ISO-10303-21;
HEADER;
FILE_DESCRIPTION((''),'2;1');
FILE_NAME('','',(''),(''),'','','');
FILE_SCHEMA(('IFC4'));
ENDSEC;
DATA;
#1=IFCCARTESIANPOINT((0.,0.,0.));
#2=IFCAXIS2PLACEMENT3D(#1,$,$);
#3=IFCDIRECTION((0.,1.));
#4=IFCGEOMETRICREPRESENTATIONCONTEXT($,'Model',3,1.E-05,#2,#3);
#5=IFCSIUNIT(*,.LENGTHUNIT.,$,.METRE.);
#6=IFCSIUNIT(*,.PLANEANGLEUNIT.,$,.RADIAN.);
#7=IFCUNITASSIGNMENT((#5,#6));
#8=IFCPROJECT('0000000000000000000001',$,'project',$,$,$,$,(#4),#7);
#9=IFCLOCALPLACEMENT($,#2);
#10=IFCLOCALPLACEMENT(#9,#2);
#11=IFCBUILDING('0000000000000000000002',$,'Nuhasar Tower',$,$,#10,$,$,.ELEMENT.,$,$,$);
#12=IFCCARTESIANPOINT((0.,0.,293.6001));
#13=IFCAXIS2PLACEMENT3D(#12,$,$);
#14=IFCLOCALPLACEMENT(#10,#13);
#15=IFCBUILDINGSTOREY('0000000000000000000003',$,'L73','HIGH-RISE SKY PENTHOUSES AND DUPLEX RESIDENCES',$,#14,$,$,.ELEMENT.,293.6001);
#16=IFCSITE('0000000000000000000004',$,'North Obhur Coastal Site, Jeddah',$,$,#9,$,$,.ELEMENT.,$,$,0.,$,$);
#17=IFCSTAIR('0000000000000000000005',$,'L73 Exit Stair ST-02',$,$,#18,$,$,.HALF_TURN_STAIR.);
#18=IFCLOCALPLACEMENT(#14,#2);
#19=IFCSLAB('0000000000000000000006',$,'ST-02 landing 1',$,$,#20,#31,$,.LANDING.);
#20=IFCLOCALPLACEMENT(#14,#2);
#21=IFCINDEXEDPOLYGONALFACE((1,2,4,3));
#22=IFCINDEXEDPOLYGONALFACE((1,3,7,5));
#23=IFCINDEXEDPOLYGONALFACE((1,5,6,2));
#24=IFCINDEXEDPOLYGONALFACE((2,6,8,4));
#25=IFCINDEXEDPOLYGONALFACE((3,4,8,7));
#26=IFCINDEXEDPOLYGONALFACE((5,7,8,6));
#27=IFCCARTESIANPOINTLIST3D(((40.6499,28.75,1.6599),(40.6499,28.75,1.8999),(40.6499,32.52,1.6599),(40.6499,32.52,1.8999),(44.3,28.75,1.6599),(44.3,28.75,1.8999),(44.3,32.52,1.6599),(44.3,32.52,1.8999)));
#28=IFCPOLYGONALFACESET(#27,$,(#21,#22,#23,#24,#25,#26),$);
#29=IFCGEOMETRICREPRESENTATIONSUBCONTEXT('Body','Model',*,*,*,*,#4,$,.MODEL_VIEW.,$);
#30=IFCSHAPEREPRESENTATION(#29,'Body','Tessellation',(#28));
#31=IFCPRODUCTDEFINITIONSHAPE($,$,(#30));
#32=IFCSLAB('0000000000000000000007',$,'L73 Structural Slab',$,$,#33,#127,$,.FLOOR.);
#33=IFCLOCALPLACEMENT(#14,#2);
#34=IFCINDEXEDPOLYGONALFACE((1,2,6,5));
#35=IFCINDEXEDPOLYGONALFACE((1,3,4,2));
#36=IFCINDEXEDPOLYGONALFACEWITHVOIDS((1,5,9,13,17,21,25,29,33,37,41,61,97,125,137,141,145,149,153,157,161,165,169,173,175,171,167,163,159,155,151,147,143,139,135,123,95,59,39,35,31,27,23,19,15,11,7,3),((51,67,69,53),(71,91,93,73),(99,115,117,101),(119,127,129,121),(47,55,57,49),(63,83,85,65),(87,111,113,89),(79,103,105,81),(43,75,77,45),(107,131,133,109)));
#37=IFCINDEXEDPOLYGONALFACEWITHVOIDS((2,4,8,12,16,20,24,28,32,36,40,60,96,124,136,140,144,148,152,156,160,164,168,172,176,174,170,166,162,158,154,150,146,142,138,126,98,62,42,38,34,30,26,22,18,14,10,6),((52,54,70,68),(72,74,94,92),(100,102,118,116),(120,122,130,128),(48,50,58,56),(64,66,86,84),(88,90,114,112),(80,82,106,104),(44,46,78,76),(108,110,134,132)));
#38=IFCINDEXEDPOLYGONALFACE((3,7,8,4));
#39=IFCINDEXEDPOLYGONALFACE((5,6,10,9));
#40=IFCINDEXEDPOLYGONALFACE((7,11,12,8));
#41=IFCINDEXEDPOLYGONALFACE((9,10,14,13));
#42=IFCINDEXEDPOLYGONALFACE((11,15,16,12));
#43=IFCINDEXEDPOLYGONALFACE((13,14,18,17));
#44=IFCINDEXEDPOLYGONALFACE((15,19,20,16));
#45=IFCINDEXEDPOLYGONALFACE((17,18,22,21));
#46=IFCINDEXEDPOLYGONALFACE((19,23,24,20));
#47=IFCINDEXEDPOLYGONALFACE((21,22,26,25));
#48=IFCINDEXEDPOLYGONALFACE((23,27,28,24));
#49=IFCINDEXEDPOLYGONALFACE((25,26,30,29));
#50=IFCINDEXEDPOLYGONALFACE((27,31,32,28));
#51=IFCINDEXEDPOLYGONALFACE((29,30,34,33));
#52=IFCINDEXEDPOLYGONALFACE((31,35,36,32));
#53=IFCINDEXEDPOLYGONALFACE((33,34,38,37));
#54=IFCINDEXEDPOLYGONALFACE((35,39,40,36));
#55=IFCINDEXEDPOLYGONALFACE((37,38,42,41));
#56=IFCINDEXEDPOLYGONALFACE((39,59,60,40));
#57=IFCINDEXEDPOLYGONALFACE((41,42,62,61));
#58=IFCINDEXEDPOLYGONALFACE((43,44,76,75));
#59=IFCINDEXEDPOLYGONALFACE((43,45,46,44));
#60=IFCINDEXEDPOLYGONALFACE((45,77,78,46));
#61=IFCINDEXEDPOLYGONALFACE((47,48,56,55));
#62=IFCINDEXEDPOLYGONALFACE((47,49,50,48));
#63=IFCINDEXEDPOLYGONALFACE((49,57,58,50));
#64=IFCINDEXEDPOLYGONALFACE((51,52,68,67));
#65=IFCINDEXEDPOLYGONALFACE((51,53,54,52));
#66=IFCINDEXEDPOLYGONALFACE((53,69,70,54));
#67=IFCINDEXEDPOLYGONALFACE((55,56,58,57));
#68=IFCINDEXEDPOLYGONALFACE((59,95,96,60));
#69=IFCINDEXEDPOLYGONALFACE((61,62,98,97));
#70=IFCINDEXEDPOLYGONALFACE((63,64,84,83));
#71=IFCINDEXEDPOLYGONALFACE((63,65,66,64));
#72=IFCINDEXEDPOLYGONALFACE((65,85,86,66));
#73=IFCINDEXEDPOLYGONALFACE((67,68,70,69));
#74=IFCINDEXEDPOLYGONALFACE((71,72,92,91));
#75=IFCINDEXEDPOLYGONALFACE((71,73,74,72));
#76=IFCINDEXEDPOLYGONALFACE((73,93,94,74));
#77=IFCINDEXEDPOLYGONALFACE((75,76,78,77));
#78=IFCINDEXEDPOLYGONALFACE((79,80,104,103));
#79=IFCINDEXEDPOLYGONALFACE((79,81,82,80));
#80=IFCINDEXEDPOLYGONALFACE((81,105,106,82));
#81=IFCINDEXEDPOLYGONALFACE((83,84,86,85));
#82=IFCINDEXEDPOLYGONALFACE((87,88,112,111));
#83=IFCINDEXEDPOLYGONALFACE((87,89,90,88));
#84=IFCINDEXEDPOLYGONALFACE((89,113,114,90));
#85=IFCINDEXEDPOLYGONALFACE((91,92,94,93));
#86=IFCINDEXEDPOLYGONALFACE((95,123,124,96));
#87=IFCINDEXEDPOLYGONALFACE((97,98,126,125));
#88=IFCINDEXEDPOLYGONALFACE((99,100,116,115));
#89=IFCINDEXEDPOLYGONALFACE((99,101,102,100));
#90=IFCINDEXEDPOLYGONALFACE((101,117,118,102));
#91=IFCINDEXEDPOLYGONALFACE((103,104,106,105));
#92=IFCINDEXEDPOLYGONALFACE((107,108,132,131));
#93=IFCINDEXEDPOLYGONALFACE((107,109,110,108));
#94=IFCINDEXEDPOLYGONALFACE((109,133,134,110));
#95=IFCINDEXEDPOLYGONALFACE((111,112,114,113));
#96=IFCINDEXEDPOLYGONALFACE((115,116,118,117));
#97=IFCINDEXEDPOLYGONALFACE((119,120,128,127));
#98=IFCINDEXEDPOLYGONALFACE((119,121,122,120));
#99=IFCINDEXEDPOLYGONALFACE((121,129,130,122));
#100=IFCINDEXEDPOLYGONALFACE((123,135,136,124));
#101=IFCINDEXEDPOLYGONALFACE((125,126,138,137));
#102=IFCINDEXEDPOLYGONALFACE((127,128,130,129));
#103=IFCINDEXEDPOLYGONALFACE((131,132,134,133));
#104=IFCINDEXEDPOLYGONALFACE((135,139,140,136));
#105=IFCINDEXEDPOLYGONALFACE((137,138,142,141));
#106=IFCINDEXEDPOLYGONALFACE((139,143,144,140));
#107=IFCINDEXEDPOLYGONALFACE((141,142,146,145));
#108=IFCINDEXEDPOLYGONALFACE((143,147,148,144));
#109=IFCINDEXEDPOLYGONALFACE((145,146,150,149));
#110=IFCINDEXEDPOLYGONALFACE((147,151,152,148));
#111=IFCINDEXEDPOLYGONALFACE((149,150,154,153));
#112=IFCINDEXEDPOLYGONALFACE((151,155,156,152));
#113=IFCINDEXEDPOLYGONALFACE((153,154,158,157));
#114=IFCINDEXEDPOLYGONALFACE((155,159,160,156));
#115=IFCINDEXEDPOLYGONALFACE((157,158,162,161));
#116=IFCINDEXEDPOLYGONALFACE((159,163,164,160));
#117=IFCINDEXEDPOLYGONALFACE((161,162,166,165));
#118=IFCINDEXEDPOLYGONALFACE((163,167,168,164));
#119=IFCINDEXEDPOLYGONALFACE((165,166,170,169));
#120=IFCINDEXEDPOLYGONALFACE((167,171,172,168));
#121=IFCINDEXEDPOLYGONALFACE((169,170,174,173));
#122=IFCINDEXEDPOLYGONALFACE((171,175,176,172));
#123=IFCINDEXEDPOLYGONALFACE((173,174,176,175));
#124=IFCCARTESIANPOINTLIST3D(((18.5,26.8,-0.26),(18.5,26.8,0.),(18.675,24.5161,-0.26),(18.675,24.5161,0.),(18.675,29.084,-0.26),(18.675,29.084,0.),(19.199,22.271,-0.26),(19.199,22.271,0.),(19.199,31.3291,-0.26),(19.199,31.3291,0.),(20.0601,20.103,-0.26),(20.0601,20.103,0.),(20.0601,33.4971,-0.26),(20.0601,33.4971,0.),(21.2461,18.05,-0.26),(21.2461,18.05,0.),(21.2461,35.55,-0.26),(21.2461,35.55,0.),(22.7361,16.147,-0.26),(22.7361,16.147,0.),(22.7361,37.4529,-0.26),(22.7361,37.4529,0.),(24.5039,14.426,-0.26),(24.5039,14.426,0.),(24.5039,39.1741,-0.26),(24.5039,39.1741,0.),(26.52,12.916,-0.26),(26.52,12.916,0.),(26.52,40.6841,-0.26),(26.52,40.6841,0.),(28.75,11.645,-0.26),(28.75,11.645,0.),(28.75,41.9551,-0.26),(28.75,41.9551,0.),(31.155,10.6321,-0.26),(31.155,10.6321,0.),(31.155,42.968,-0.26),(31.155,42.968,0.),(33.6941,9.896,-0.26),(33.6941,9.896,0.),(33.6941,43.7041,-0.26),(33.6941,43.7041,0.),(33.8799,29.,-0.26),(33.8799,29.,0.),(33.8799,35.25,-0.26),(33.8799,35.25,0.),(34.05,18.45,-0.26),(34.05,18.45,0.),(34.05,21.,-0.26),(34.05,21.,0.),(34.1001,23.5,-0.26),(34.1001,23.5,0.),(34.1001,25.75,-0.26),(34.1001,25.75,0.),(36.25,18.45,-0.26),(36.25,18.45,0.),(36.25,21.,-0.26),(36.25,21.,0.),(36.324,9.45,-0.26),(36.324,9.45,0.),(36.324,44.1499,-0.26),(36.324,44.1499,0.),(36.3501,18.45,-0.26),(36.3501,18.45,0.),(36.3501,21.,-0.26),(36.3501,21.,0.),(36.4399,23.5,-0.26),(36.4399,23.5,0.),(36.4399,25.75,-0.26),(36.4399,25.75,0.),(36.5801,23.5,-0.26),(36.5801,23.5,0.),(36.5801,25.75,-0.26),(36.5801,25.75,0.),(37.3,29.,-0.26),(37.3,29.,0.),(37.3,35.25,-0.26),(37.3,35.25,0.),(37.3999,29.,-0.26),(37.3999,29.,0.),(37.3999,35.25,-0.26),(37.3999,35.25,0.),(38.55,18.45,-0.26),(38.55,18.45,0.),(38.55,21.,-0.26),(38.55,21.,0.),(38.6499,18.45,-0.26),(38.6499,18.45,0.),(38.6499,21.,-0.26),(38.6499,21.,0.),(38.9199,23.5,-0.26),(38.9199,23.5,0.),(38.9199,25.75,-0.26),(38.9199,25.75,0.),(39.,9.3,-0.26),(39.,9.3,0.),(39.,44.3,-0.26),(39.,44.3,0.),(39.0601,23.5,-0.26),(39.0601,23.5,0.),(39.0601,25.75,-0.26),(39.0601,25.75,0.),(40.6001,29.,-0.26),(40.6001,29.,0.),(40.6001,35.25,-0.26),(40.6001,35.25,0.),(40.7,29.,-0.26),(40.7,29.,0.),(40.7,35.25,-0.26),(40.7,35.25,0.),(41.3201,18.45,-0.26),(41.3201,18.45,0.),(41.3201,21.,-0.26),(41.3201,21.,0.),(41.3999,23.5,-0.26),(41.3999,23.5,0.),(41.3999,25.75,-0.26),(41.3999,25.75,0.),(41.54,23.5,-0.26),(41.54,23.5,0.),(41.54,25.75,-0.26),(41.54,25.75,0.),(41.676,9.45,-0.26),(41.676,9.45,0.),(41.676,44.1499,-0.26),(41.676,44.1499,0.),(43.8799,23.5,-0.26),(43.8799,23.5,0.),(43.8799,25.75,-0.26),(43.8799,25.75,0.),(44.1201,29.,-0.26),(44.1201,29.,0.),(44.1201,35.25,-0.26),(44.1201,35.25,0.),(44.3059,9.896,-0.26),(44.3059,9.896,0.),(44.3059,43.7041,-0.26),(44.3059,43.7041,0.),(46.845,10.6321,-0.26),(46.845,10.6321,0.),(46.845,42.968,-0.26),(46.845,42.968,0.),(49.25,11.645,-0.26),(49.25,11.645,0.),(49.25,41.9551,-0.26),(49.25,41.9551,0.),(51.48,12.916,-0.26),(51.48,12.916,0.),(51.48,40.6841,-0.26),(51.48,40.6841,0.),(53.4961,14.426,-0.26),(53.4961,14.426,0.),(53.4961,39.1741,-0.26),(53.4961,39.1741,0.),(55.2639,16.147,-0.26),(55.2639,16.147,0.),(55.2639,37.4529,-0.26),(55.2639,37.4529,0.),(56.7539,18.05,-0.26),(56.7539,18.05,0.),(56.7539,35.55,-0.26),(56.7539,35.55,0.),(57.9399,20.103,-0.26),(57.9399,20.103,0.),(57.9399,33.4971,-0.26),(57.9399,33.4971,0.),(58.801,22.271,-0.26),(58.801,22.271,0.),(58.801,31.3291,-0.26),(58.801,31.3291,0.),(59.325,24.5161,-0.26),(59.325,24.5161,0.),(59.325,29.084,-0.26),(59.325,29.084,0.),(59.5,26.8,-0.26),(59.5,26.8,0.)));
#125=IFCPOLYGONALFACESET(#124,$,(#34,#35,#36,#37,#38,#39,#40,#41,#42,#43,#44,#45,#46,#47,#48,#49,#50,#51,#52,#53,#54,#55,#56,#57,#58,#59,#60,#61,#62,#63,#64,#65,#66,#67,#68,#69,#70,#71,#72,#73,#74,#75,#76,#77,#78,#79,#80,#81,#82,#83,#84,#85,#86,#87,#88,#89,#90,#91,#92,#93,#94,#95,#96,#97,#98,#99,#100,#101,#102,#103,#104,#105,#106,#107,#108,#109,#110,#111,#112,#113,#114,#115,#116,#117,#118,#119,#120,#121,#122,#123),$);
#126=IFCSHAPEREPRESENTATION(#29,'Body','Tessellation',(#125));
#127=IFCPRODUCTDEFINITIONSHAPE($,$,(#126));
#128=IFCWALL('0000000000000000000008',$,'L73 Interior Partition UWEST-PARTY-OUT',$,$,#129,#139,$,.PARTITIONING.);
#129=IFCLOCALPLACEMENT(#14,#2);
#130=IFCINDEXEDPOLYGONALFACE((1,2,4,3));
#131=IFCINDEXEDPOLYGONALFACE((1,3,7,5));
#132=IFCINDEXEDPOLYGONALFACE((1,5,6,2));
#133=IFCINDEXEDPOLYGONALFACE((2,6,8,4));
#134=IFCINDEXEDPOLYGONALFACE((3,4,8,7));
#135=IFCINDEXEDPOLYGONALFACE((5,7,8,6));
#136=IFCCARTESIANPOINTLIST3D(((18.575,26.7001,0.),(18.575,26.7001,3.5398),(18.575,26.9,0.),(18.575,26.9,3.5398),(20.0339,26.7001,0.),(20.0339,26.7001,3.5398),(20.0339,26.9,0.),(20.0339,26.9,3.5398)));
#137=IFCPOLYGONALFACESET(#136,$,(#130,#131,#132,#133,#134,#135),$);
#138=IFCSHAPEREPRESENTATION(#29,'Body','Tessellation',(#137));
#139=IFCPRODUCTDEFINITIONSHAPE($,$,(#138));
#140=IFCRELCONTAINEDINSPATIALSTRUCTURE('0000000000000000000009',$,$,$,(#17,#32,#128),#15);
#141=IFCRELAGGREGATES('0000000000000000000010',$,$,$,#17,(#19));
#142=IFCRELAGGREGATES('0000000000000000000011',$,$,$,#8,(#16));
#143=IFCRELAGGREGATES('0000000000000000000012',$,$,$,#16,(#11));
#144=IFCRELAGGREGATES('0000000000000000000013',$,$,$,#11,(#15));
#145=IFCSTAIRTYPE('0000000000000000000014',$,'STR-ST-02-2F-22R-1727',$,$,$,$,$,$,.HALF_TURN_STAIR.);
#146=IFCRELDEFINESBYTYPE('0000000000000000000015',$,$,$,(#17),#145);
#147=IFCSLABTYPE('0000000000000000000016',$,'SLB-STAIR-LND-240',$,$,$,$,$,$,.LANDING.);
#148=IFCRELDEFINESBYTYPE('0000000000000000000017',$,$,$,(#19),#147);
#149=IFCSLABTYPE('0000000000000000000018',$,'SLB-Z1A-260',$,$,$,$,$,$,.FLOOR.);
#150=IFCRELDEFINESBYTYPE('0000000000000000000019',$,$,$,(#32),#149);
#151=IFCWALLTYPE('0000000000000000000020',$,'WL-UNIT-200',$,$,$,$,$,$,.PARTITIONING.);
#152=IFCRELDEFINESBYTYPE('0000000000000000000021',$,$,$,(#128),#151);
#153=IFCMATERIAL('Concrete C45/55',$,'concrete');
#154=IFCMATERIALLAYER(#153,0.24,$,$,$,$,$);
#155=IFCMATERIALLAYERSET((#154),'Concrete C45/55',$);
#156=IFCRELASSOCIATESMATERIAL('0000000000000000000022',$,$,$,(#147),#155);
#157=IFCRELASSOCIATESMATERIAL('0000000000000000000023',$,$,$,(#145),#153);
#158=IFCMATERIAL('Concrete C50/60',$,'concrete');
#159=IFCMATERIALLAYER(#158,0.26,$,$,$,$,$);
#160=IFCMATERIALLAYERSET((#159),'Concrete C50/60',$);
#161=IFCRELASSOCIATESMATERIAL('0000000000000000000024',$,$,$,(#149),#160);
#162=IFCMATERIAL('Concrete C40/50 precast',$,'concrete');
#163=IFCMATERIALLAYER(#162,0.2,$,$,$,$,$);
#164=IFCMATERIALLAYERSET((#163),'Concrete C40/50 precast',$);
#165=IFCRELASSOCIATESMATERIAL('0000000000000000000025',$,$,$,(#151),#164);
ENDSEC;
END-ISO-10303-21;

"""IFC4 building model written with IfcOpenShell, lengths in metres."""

from ifc_helpers import new_model, si_unit, direction, frame, frame_2d, origin, place, context, subcontext, project, spatial, polyline, rectangle, outline, extrude, material, layer, layer_set, type_object, element, aggregate, save


model = new_model("IFC4")

# Units and contexts
model_context = context("Model", 3, precision=1e-05, world=origin(), true_north=direction((0.0, 1.0)))
body_context = subcontext(model_context, "Body", "Model", "MODEL_VIEW")
ifc_project = project(units=[si_unit("LENGTHUNIT", "METRE"), si_unit("PLANEANGLEUNIT", "RADIAN")], contexts=[model_context])

# Site, building, storey
site_placement = place(None, origin())
site = spatial("IfcSite", under=ifc_project, at=site_placement, Name="North Obhur Coastal Site, Jeddah", CompositionType="ELEMENT", RefElevation=0.0)
building_placement = place(site_placement, origin())
building = spatial("IfcBuilding", under=site, at=building_placement, Name="Nuhasar Tower", CompositionType="ELEMENT")
storey_placement = place(building_placement, frame((0.0, 0.0, 293.6001)))
storey = spatial("IfcBuildingStorey", under=building, at=storey_placement, Name="L73", Description="HIGH-RISE SKY PENTHOUSES AND DUPLEX RESIDENCES", CompositionType="ELEMENT", Elevation=293.6001)

# Shared definitions
ifc_material_1 = material(Name="Concrete C50/60", Category="concrete")

# Stair, slab
ifc_material_2 = material(Name="Concrete C45/55", Category="concrete")
ifc_layer_1 = layer(ifc_material_2, 0.24)
ifc_layer_set_1 = layer_set([ifc_layer_1], Name="Concrete C45/55")
slab_type_1 = type_object("IfcSlabType", Name="SLB-STAIR-LND-240", PredefinedType="LANDING", material=ifc_layer_set_1)
stair_type_1 = type_object("IfcStairType", Name="STR-ST-02-2F-22R-1727", PredefinedType="HALF_TURN_STAIR", material=ifc_material_2)
stair_1_placement = place(storey_placement, origin())
stair_1 = element("IfcStair", 1, at=stair_1_placement, inside=storey, type_object=stair_type_1, Name="L73 Exit Stair ST-02", PredefinedType="HALF_TURN_STAIR")
slab_1_placement = place(storey_placement, frame((0.0, 0.0, 1.6599)))
slab_1 = element("IfcSlab", 2, at=slab_1_placement, type_object=slab_type_1, Name="ST-02 landing 1", PredefinedType="LANDING", context=body_context, shape_type="SweptSolid", body=[
    extrude(outline(polyline([(40.6499, 28.75), (44.3, 28.75), (44.3, 32.52), (40.6499, 32.52), (40.6499, 28.75)])), origin(), (0.0, 0.0, 1.0), 0.24),
])
aggregate(stair_1, [slab_1])

# Slab
ifc_layer_2 = layer(ifc_material_1, 0.26)
ifc_layer_set_2 = layer_set([ifc_layer_2], Name="Concrete C50/60")
slab_type_2 = type_object("IfcSlabType", Name="SLB-Z1A-260", PredefinedType="FLOOR", material=ifc_layer_set_2)
slab_2_placement = place(storey_placement, frame((0.0, 0.0, -0.26)))
element("IfcSlab", 3, at=slab_2_placement, inside=storey, type_object=slab_type_2, Name="L73 Structural Slab", PredefinedType="FLOOR", context=body_context, shape_type="SweptSolid", body=[
    extrude(outline(polyline([(59.5, 26.8), (59.325, 29.084), (58.801, 31.3291), (57.9399, 33.4971), (56.7539, 35.55), (55.2639, 37.4529), (53.4961, 39.1741), (51.48, 40.6841), (49.25, 41.9551), (46.845, 42.968), (44.3059, 43.7041), (41.676, 44.1499), (39.0, 44.3), (36.324, 44.1499), (33.6941, 43.7041), (31.155, 42.968), (28.75, 41.9551), (26.52, 40.6841), (24.5039, 39.1741), (22.7361, 37.4529), (21.2461, 35.55), (20.0601, 33.4971), (19.199, 31.3291), (18.675, 29.084), (18.5, 26.8), (18.675, 24.5161), (19.199, 22.271), (20.0601, 20.103), (21.2461, 18.05), (22.7361, 16.147), (24.5039, 14.426), (26.52, 12.916), (28.75, 11.645), (31.155, 10.6321), (33.6941, 9.896), (36.324, 9.45), (39.0, 9.3), (41.676, 9.45), (44.3059, 9.896), (46.845, 10.6321), (49.25, 11.645), (51.48, 12.916), (53.4961, 14.426), (55.2639, 16.147), (56.7539, 18.05), (57.9399, 20.103), (58.801, 22.271), (59.325, 24.5161), (59.5, 26.8)]), holes=[polyline([(33.8799, 35.25), (37.3, 35.25), (37.3, 29.0), (33.8799, 29.0), (33.8799, 35.25)]), polyline([(37.3999, 35.25), (40.6001, 35.25), (40.6001, 29.0), (37.3999, 29.0), (37.3999, 35.25)]), polyline([(40.7, 35.25), (44.1201, 35.25), (44.1201, 29.0), (40.7, 29.0), (40.7, 35.25)]), polyline([(34.1001, 25.75), (36.4399, 25.75), (36.4399, 23.5), (34.1001, 23.5), (34.1001, 25.75)]), polyline([(36.5801, 25.75), (38.9199, 25.75), (38.9199, 23.5), (36.5801, 23.5), (36.5801, 25.75)]), polyline([(39.0601, 25.75), (41.3999, 25.75), (41.3999, 23.5), (39.0601, 23.5), (39.0601, 25.75)]), polyline([(41.54, 25.75), (43.8799, 25.75), (43.8799, 23.5), (41.54, 23.5), (41.54, 25.75)]), polyline([(34.05, 21.0), (36.25, 21.0), (36.25, 18.45), (34.05, 18.45), (34.05, 21.0)]), polyline([(36.3501, 21.0), (38.55, 21.0), (38.55, 18.45), (36.3501, 18.45), (36.3501, 21.0)]), polyline([(38.6499, 21.0), (41.3201, 21.0), (41.3201, 18.45), (38.6499, 18.45), (38.6499, 21.0)])]), origin(), (0.0, 0.0, 1.0), 0.26),
])

# Wall
ifc_material_3 = material(Name="Concrete C40/50 precast", Category="concrete")
ifc_layer_3 = layer(ifc_material_3, 0.2)
ifc_layer_set_3 = layer_set([ifc_layer_3], Name="Concrete C40/50 precast")
wall_type = type_object("IfcWallType", Name="WL-UNIT-200", PredefinedType="PARTITIONING", material=ifc_layer_set_3)
wall_placement = place(storey_placement, frame((20.0339, 26.8, 0.0), z_axis=(0.0, 0.0, 1.0), x_axis=(-1.0, 0.0, 0.0)))
element("IfcWall", 4, at=wall_placement, inside=storey, type_object=wall_type, Name="L73 Interior Partition UWEST-PARTY-OUT", PredefinedType="PARTITIONING", context=body_context, shape_type="SweptSolid", body=[
    extrude(rectangle(XDim=1.459, YDim=0.2, at=frame_2d((0.7295, 0.0))), origin(), (0.0, 0.0, 1.0), 3.5398),
])

save(model, "model.ifc")
